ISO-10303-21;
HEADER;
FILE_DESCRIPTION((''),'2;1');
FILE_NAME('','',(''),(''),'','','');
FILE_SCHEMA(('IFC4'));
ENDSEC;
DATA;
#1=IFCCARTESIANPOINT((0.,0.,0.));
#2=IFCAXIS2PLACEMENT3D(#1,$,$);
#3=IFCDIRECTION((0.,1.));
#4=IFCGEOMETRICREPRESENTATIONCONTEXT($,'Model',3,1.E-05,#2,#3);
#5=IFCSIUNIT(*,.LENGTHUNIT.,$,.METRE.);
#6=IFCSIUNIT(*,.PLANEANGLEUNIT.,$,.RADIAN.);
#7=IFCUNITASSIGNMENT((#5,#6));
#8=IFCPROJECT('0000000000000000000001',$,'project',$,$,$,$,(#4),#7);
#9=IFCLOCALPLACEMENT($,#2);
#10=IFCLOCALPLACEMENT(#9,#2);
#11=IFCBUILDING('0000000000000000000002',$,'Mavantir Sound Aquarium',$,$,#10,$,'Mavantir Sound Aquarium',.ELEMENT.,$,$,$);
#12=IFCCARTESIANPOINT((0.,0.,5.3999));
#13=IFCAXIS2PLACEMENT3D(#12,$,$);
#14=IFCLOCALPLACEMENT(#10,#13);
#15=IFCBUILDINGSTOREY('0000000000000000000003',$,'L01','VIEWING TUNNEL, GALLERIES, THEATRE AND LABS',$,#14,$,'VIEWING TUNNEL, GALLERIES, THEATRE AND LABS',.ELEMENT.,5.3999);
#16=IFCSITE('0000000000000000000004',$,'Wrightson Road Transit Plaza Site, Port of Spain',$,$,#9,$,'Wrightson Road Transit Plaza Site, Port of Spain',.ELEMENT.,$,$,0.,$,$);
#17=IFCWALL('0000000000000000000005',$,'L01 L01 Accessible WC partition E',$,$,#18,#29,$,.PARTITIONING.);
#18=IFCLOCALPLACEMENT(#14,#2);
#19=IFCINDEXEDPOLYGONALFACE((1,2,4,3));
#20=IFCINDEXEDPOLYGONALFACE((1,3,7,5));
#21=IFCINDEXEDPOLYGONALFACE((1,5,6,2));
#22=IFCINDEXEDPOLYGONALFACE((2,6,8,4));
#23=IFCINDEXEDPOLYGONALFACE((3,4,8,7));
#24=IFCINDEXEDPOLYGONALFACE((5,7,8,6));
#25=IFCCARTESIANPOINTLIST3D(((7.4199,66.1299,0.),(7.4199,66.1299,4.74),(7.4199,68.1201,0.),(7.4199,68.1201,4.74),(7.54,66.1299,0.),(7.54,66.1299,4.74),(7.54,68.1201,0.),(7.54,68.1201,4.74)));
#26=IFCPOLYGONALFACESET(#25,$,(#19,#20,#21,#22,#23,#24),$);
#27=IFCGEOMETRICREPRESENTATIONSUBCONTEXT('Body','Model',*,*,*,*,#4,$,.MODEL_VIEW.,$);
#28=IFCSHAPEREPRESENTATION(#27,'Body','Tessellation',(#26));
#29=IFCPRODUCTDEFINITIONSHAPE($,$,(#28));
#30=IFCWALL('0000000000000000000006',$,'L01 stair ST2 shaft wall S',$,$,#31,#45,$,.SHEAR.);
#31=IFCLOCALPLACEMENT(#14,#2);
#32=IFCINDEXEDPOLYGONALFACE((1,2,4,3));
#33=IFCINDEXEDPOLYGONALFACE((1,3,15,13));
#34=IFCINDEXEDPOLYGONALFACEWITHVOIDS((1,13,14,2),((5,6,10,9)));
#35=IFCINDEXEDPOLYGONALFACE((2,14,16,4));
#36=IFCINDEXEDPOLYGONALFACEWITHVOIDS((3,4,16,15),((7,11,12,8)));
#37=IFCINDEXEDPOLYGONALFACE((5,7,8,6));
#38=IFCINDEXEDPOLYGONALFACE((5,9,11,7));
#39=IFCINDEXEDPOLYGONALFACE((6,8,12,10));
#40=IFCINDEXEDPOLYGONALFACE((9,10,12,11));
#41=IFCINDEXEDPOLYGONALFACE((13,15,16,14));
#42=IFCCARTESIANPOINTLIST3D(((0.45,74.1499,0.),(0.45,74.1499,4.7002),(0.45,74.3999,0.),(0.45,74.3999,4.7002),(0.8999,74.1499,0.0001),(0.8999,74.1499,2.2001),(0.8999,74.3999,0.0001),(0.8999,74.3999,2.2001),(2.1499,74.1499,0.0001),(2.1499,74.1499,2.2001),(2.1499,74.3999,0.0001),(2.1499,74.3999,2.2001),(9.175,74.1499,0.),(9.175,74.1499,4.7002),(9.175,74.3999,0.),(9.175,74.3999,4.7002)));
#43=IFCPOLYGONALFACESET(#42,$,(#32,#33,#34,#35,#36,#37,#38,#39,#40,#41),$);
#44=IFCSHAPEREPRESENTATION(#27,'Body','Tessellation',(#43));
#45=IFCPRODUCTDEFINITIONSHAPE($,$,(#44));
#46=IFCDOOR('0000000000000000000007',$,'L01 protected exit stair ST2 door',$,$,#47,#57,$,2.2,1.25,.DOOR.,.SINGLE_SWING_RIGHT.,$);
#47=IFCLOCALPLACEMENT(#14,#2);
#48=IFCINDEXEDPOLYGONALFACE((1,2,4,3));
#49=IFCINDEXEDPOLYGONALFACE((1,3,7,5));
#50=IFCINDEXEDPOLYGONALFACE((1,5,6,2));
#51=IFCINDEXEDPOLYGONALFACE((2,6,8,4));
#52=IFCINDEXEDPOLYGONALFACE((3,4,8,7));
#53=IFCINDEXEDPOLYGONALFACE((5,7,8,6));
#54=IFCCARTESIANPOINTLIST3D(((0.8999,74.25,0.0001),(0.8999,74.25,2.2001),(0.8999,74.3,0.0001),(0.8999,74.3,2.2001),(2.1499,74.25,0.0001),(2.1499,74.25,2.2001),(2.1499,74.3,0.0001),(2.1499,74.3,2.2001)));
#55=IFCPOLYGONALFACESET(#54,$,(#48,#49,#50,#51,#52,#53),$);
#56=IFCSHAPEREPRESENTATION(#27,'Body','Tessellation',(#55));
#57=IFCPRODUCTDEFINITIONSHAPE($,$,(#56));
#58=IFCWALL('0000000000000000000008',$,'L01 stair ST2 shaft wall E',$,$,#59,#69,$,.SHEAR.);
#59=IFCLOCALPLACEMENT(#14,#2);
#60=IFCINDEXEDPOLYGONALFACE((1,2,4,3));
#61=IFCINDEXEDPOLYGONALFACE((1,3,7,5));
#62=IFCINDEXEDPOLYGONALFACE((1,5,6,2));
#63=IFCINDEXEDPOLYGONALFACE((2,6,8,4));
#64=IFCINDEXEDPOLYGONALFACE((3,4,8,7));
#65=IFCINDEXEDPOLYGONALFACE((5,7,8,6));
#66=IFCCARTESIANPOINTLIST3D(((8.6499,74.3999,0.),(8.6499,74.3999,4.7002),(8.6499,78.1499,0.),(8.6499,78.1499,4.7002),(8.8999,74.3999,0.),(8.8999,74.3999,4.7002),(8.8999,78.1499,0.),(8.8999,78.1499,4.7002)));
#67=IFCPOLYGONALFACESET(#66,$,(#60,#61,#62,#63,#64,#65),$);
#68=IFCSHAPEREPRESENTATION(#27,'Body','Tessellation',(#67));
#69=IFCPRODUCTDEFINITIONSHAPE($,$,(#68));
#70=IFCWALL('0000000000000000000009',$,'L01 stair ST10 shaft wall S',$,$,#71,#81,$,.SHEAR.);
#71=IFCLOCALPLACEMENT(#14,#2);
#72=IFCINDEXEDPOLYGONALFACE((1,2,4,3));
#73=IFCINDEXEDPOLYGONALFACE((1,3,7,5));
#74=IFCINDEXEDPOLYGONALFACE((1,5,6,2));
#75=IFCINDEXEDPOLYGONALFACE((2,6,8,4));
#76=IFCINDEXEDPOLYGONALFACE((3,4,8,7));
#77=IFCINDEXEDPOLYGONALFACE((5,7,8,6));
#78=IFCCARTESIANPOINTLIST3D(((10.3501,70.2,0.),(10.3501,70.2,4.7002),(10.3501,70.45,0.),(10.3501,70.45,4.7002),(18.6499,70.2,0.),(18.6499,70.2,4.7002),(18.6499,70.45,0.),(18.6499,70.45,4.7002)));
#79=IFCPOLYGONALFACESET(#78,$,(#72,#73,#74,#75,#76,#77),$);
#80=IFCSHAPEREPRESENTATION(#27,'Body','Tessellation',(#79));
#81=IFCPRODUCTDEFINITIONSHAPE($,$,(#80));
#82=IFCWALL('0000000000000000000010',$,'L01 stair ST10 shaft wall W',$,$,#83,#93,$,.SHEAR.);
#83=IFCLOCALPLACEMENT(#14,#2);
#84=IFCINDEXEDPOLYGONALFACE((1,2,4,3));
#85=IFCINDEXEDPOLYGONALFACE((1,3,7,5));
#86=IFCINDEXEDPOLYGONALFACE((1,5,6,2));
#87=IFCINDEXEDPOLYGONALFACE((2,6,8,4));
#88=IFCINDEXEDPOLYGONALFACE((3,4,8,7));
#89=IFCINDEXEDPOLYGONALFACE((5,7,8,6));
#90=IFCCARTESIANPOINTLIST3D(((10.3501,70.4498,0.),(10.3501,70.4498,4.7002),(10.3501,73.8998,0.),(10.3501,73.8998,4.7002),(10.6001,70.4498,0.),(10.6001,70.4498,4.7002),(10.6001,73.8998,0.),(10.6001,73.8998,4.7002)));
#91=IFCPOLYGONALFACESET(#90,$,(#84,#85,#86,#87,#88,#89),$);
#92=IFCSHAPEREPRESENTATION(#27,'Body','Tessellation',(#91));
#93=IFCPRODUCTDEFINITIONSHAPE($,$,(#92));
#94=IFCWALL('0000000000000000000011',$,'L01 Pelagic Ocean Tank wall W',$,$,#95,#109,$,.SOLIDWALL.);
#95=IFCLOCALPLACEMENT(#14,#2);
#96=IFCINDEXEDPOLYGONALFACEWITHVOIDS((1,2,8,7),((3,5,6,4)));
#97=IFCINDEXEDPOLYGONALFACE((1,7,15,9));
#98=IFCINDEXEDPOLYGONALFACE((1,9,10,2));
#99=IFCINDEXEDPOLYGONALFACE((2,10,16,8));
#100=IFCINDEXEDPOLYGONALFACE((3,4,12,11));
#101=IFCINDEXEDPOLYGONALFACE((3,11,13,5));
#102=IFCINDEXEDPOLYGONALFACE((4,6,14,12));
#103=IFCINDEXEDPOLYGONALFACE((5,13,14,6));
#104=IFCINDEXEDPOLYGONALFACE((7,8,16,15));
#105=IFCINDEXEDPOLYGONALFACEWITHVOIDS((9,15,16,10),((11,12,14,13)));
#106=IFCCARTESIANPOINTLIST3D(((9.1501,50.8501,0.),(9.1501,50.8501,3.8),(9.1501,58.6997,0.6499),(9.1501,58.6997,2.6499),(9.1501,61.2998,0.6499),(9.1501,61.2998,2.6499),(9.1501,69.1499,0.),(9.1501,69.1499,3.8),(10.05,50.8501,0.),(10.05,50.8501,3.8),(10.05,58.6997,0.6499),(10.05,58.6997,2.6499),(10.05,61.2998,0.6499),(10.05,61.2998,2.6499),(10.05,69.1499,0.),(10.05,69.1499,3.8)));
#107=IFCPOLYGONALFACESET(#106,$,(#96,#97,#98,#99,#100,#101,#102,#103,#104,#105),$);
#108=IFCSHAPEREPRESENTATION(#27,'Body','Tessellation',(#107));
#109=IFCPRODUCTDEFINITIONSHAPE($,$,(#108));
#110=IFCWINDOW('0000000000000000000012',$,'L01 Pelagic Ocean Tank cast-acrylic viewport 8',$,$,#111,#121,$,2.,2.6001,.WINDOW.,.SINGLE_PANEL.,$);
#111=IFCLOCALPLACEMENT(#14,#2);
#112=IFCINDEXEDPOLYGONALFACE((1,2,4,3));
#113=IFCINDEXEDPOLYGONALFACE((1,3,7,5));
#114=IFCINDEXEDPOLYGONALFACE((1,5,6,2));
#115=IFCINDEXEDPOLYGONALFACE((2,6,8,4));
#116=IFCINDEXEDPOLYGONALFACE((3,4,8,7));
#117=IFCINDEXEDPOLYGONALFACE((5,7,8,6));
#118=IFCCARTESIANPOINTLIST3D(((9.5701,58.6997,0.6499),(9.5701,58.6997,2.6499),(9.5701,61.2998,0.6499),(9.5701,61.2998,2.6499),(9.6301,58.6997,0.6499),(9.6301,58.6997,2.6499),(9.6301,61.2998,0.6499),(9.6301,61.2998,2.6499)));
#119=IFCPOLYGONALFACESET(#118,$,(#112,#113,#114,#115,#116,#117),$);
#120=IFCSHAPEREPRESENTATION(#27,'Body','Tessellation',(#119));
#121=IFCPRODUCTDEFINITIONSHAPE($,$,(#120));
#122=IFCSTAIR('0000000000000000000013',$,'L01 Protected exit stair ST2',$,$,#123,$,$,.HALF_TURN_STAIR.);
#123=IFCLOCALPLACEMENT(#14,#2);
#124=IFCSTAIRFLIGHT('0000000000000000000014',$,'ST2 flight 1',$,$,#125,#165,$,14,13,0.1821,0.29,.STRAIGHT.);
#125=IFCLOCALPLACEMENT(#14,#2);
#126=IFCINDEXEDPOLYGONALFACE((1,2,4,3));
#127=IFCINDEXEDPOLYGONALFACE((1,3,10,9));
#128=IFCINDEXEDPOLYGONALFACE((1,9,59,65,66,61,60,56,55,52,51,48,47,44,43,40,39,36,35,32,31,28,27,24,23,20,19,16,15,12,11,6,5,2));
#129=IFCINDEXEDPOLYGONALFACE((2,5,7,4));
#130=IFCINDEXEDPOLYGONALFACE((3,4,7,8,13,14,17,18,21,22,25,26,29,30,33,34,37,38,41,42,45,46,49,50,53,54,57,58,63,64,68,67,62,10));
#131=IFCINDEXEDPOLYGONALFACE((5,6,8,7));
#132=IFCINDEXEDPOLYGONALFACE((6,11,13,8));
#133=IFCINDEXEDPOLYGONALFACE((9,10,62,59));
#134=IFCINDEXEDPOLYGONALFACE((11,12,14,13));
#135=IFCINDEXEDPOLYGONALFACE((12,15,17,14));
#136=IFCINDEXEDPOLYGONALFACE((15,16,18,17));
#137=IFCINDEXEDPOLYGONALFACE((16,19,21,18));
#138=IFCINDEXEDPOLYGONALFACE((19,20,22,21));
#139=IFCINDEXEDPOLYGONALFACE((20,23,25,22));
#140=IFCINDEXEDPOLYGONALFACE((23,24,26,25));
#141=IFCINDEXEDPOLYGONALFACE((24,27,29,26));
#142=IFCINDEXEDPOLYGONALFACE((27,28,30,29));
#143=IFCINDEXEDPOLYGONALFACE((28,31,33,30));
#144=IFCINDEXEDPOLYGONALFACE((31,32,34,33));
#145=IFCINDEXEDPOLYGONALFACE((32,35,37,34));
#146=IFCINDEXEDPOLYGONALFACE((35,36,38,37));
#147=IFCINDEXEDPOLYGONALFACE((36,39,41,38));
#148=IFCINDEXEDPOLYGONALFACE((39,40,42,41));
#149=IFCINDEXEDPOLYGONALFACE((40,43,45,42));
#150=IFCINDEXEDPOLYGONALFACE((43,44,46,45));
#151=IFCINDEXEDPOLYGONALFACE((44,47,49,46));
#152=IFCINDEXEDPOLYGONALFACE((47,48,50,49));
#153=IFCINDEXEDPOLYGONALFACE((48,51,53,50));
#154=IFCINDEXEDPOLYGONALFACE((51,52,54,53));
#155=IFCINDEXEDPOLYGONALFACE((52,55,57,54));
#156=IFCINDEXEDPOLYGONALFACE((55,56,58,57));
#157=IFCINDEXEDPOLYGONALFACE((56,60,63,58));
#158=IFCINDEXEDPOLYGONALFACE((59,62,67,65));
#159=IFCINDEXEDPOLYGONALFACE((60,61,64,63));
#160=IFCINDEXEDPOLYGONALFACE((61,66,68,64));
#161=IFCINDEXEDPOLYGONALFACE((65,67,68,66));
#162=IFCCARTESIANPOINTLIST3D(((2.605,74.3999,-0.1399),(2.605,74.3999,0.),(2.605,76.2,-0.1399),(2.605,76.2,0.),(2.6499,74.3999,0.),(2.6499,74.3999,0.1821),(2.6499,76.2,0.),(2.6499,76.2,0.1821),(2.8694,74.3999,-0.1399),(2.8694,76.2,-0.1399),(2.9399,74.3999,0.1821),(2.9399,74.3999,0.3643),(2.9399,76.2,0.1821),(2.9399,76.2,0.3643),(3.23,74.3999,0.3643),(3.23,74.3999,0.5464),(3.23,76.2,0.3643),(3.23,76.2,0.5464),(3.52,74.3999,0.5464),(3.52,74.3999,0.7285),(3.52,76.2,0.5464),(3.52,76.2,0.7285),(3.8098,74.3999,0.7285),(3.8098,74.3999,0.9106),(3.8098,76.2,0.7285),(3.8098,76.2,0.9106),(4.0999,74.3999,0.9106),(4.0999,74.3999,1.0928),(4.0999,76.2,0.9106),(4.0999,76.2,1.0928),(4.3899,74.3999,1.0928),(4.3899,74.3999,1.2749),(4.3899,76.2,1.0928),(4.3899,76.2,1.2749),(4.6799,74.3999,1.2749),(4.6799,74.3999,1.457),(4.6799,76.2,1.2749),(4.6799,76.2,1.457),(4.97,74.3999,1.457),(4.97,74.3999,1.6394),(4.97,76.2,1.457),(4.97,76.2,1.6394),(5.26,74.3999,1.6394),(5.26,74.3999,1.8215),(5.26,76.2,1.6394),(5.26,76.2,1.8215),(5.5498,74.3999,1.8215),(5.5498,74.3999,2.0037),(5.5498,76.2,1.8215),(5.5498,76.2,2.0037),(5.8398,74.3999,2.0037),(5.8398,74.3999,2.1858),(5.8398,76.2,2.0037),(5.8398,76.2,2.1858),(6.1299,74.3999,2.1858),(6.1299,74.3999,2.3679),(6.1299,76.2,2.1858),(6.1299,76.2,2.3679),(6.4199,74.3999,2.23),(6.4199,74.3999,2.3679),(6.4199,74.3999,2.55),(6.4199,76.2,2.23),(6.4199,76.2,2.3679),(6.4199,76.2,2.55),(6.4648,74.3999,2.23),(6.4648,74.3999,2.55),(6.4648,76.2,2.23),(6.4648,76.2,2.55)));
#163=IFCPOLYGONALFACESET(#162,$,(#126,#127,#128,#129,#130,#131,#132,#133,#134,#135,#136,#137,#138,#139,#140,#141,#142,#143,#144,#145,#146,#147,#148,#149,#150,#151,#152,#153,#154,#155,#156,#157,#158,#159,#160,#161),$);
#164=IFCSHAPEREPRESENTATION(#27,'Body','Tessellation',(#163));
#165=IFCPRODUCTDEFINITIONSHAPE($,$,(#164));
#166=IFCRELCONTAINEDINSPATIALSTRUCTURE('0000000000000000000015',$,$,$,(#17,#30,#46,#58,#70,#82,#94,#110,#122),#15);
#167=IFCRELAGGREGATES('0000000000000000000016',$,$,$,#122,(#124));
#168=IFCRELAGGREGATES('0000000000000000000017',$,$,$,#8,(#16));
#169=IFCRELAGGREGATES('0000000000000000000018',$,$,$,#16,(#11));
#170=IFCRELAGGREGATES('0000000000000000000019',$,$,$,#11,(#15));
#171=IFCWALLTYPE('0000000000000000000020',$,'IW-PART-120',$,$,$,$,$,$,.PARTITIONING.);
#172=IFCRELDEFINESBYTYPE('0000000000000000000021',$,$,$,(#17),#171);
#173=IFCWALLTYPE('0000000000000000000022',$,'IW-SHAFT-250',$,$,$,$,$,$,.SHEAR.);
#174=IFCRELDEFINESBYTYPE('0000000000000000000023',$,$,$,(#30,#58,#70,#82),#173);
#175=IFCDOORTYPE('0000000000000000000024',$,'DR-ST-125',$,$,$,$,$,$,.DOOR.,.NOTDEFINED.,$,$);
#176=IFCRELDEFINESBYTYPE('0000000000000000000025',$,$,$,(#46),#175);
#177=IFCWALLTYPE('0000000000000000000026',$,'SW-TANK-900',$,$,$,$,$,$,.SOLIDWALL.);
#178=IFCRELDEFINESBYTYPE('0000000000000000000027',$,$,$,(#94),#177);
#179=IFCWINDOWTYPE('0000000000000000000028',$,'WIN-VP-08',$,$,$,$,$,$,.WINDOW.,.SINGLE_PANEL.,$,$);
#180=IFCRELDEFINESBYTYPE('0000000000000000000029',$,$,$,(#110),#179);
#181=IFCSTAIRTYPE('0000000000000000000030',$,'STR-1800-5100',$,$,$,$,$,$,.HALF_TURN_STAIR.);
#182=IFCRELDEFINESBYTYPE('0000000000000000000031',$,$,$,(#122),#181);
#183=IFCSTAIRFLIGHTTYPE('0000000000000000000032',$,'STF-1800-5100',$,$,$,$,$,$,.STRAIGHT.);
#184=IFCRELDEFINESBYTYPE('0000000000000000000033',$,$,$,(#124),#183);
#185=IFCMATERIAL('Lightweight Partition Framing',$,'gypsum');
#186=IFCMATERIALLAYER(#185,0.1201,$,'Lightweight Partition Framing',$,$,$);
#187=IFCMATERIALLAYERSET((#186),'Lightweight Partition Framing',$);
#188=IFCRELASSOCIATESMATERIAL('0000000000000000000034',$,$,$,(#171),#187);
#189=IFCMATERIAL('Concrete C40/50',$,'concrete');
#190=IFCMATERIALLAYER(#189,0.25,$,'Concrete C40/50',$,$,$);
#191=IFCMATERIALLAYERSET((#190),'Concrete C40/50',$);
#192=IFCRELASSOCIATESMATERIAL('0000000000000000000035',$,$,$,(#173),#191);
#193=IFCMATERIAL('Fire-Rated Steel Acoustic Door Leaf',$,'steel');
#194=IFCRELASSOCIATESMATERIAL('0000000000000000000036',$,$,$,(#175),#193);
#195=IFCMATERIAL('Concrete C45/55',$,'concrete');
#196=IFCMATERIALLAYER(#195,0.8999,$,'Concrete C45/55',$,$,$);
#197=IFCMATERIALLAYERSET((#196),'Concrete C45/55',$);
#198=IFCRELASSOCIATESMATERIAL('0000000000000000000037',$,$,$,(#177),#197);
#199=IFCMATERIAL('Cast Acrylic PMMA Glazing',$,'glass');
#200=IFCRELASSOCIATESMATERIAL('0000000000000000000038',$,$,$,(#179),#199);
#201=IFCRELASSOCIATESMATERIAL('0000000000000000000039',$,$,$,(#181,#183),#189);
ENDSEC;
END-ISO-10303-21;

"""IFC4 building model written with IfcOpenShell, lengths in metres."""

from ifc_helpers import new_model, si_unit, direction, frame, frame_2d, origin, place, context, subcontext, project, spatial, polyline, rectangle, outline, extrude, material, layer, layer_set, type_object, element, fill, aggregate, save


model = new_model("IFC4")

# Units and contexts
model_context = context("Model", 3, precision=1e-05, world=origin(), true_north=direction((0.0, 1.0)))
body_context = subcontext(model_context, "Body", "Model", "MODEL_VIEW")
ifc_project = project(units=[si_unit("LENGTHUNIT", "METRE"), si_unit("PLANEANGLEUNIT", "RADIAN")], contexts=[model_context])

# Site, building, storey
site_placement = place(None, origin())
site = spatial("IfcSite", under=ifc_project, at=site_placement, Name="Wrightson Road Transit Plaza Site, Port of Spain", LongName="Wrightson Road Transit Plaza Site, Port of Spain", CompositionType="ELEMENT", RefElevation=0.0)
building_placement = place(site_placement, origin())
building = spatial("IfcBuilding", under=site, at=building_placement, Name="Mavantir Sound Aquarium", LongName="Mavantir Sound Aquarium", CompositionType="ELEMENT")
storey_placement = place(building_placement, frame((0.0, 0.0, 5.3999)))
storey = spatial("IfcBuildingStorey", under=building, at=storey_placement, Name="L01", Description="VIEWING TUNNEL, GALLERIES, THEATRE AND LABS", LongName="VIEWING TUNNEL, GALLERIES, THEATRE AND LABS", CompositionType="ELEMENT", Elevation=5.3999)

# Shared definitions
ifc_material_1 = material(Name="Concrete C40/50", Category="concrete")

# Shared definitions
ifc_material_2 = material(Name="Lightweight Partition Framing", Category="gypsum")
ifc_layer_1 = layer(ifc_material_2, 0.1201, Name="Lightweight Partition Framing")
ifc_layer_set_1 = layer_set([ifc_layer_1], Name="Lightweight Partition Framing")
wall_type_1 = type_object("IfcWallType", Name="IW-PART-120", PredefinedType="PARTITIONING", material=ifc_layer_set_1)

# Wall
wall_1_placement = place(storey_placement, frame((7.48, 66.1299, 0.0), z_axis=(0.0, 0.0, 1.0), x_axis=(0.0, 1.0, 0.0)))
element("IfcWall", 1, at=wall_1_placement, inside=storey, type_object=wall_type_1, Name="L01 L01 Accessible WC partition E", PredefinedType="PARTITIONING", context=body_context, shape_type="SweptSolid", body=[
    extrude(rectangle(XDim=1.9902, YDim=0.1201, at=frame_2d((0.9951, 0.0))), origin(), (0.0, 0.0, 1.0), 4.74),
])

# Wall, opening, door
ifc_layer_2 = layer(ifc_material_1, 0.25, Name="Concrete C40/50")
ifc_layer_set_2 = layer_set([ifc_layer_2], Name="Concrete C40/50")
wall_type_2 = type_object("IfcWallType", Name="IW-SHAFT-250", PredefinedType="SHEAR", material=ifc_layer_set_2)
wall_2_placement = place(storey_placement, frame((0.45, 74.2749, 0.0), z_axis=(0.0, 0.0, 1.0), x_axis=(1.0, 0.0, 0.0)))
wall_2 = element("IfcWall", 2, at=wall_2_placement, inside=storey, type_object=wall_type_2, Name="L01 stair ST2 shaft wall S", PredefinedType="SHEAR", context=body_context, shape_type="SweptSolid", body=[
    extrude(rectangle(XDim=8.7251, YDim=0.25, at=frame_2d((4.3625, 0.0))), origin(), (0.0, 0.0, 1.0), 4.7002),
])
opening_1_placement = place(wall_2_placement, frame((1.7, 0.0, 0.0), z_axis=(0.0, 0.0, 1.0), x_axis=(-1.0, 0.0, 0.0)))
opening_1 = element("IfcOpeningElement", 3, at=opening_1_placement, cuts=wall_2, PredefinedType="OPENING", context=body_context, shape_type="SweptSolid", body=[
    extrude(rectangle(XDim=1.25, YDim=2.2, at=frame_2d((0.625, 1.1001))), frame((0.0, 0.135, 0.0), z_axis=(0.0, -1.0, 0.0), x_axis=(1.0, 0.0, 0.0)), (0.0, 0.0, 1.0), 0.27),
])
ifc_material_3 = material(Name="Fire-Rated Steel Acoustic Door Leaf", Category="steel")
door_type_1 = type_object("IfcDoorType", Name="DR-ST-125", OperationType="NOTDEFINED", PredefinedType="DOOR", material=ifc_material_3)
door_1_placement = place(opening_1_placement, origin())
door_1 = element("IfcDoor", 4, at=door_1_placement, inside=storey, type_object=door_type_1, Name="L01 protected exit stair ST2 door", OperationType="SINGLE_SWING_RIGHT", OverallHeight=2.2, OverallWidth=1.25, PredefinedType="DOOR", context=body_context, shape_type="SweptSolid", body=[
    extrude(rectangle(XDim=1.25, YDim=2.2, at=frame_2d((0.625, 1.1001))), frame((0.0, 0.0249, 0.0), z_axis=(0.0, -1.0, 0.0), x_axis=(1.0, 0.0, 0.0)), (0.0, 0.0, 1.0), 0.05),
])
fill(opening_1, door_1)

# Walls
wall_3_placement = place(storey_placement, frame((8.7749, 74.3999, 0.0), z_axis=(0.0, 0.0, 1.0), x_axis=(0.0, 1.0, 0.0)))
element("IfcWall", 5, at=wall_3_placement, inside=storey, type_object=wall_type_2, Name="L01 stair ST2 shaft wall E", PredefinedType="SHEAR", context=body_context, shape_type="SweptSolid", body=[
    extrude(rectangle(XDim=3.75, YDim=0.25, at=frame_2d((1.875, 0.0))), origin(), (0.0, 0.0, 1.0), 4.7002),
])
wall_4_placement = place(storey_placement, frame((10.3501, 70.325, 0.0), z_axis=(0.0, 0.0, 1.0), x_axis=(1.0, 0.0, 0.0)))
element("IfcWall", 6, at=wall_4_placement, inside=storey, type_object=wall_type_2, Name="L01 stair ST10 shaft wall S", PredefinedType="SHEAR", context=body_context, shape_type="SweptSolid", body=[
    extrude(rectangle(XDim=8.2998, YDim=0.25, at=frame_2d((4.1499, 0.0))), origin(), (0.0, 0.0, 1.0), 4.7002),
])
wall_5_placement = place(storey_placement, frame((10.4751, 73.8999, 0.0), z_axis=(0.0, 0.0, 1.0), x_axis=(0.0, -1.0, 0.0)))
element("IfcWall", 7, at=wall_5_placement, inside=storey, type_object=wall_type_2, Name="L01 stair ST10 shaft wall W", PredefinedType="SHEAR", context=body_context, shape_type="SweptSolid", body=[
    extrude(rectangle(XDim=3.45, YDim=0.25, at=frame_2d((1.7251, 0.0))), origin(), (0.0, 0.0, 1.0), 4.7002),
])

# Wall, opening, window
ifc_material_4 = material(Name="Concrete C45/55", Category="concrete")
ifc_layer_3 = layer(ifc_material_4, 0.8999, Name="Concrete C45/55")
ifc_layer_set_3 = layer_set([ifc_layer_3], Name="Concrete C45/55")
wall_type_3 = type_object("IfcWallType", Name="SW-TANK-900", PredefinedType="SOLIDWALL", material=ifc_layer_set_3)
wall_6_placement = place(storey_placement, frame((9.6001, 69.1499, 0.0), z_axis=(0.0, 0.0, 1.0), x_axis=(0.0, -1.0, 0.0)))
wall_6 = element("IfcWall", 8, at=wall_6_placement, inside=storey, type_object=wall_type_3, Name="L01 Pelagic Ocean Tank wall W", PredefinedType="SOLIDWALL", context=body_context, shape_type="SweptSolid", body=[
    extrude(rectangle(XDim=18.2998, YDim=0.8999, at=frame_2d((9.1499, 0.0))), origin(), (0.0, 0.0, 1.0), 3.8),
])
opening_2_placement = place(wall_6_placement, frame((7.8501, 0.0, 0.6499)))
opening_2 = element("IfcOpeningElement", 9, at=opening_2_placement, cuts=wall_6, PredefinedType="OPENING", context=body_context, shape_type="SweptSolid", body=[
    extrude(rectangle(XDim=2.6001, YDim=2.0, at=frame_2d((1.3, 1.0))), frame((0.0, 0.46, 0.0), z_axis=(0.0, -1.0, 0.0), x_axis=(1.0, 0.0, 0.0)), (0.0, 0.0, 1.0), 0.9199),
])
ifc_material_5 = material(Name="Cast Acrylic PMMA Glazing", Category="glass")
window_type = type_object("IfcWindowType", Name="WIN-VP-08", PartitioningType="SINGLE_PANEL", PredefinedType="WINDOW", material=ifc_material_5)
window_placement = place(opening_2_placement, origin())
window = element("IfcWindow", 10, at=window_placement, inside=storey, type_object=window_type, Name="L01 Pelagic Ocean Tank cast-acrylic viewport 8", OverallHeight=2.0, OverallWidth=2.6001, PartitioningType="SINGLE_PANEL", PredefinedType="WINDOW", context=body_context, shape_type="SweptSolid", body=[
    extrude(rectangle(XDim=2.6001, YDim=2.0, at=frame_2d((1.3, 1.0))), frame((0.0, 0.03, 0.0), z_axis=(0.0, -1.0, 0.0), x_axis=(1.0, 0.0, 0.0)), (0.0, 0.0, 1.0), 0.0601),
])
fill(opening_2, window)

# Stair, stair flight
stair_type = type_object("IfcStairType", Name="STR-1800-5100", PredefinedType="HALF_TURN_STAIR", material=ifc_material_1)
stair_placement = place(storey_placement, origin())
stair = element("IfcStair", 11, at=stair_placement, inside=storey, type_object=stair_type, Name="L01 Protected exit stair ST2", PredefinedType="HALF_TURN_STAIR")
stair_flight_type = type_object("IfcStairFlightType", Name="STF-1800-5100", PredefinedType="STRAIGHT", material=ifc_material_1)
stair_flight_placement = place(storey_placement, frame((2.6499, 75.3, 0.0), z_axis=(0.0, 0.0, 1.0), x_axis=(1.0, 0.0, 0.0)))
stair_flight = element("IfcStairFlight", 12, at=stair_flight_placement, type_object=stair_flight_type, Name="ST2 flight 1", NumberOfRisers=14, NumberOfTreads=13, PredefinedType="STRAIGHT", RiserHeight=0.1821, TreadLength=0.29, context=body_context, shape_type="SweptSolid", body=[
    extrude(outline(polyline([(-0.0449, -0.1399), (-0.0449, 0.0), (0.0, 0.0), (0.0, 0.1821), (0.29, 0.1821), (0.29, 0.3643), (0.5801, 0.3643), (0.5801, 0.5464), (0.8701, 0.5464), (0.8701, 0.7285), (1.1599, 0.7285), (1.1599, 0.9106), (1.45, 0.9106), (1.45, 1.0928), (1.74, 1.0928), (1.74, 1.2749), (2.03, 1.2749), (2.03, 1.457), (2.3201, 1.457), (2.3201, 1.6394), (2.6101, 1.6394), (2.6101, 1.8215), (2.8999, 1.8215), (2.8999, 2.0037), (3.1899, 2.0037), (3.1899, 2.1858), (3.48, 2.1858), (3.48, 2.3679), (3.77, 2.3679), (3.77, 2.55), (3.8149, 2.55), (3.8149, 2.23), (3.77, 2.23), (0.2195, -0.1399), (-0.0449, -0.1399)])), frame((0.0, 0.8999, 0.0), z_axis=(0.0, -1.0, 0.0), x_axis=(1.0, 0.0, 0.0)), (0.0, 0.0, 1.0), 1.8),
])
aggregate(stair, [stair_flight])

save(model, "model.ifc")
